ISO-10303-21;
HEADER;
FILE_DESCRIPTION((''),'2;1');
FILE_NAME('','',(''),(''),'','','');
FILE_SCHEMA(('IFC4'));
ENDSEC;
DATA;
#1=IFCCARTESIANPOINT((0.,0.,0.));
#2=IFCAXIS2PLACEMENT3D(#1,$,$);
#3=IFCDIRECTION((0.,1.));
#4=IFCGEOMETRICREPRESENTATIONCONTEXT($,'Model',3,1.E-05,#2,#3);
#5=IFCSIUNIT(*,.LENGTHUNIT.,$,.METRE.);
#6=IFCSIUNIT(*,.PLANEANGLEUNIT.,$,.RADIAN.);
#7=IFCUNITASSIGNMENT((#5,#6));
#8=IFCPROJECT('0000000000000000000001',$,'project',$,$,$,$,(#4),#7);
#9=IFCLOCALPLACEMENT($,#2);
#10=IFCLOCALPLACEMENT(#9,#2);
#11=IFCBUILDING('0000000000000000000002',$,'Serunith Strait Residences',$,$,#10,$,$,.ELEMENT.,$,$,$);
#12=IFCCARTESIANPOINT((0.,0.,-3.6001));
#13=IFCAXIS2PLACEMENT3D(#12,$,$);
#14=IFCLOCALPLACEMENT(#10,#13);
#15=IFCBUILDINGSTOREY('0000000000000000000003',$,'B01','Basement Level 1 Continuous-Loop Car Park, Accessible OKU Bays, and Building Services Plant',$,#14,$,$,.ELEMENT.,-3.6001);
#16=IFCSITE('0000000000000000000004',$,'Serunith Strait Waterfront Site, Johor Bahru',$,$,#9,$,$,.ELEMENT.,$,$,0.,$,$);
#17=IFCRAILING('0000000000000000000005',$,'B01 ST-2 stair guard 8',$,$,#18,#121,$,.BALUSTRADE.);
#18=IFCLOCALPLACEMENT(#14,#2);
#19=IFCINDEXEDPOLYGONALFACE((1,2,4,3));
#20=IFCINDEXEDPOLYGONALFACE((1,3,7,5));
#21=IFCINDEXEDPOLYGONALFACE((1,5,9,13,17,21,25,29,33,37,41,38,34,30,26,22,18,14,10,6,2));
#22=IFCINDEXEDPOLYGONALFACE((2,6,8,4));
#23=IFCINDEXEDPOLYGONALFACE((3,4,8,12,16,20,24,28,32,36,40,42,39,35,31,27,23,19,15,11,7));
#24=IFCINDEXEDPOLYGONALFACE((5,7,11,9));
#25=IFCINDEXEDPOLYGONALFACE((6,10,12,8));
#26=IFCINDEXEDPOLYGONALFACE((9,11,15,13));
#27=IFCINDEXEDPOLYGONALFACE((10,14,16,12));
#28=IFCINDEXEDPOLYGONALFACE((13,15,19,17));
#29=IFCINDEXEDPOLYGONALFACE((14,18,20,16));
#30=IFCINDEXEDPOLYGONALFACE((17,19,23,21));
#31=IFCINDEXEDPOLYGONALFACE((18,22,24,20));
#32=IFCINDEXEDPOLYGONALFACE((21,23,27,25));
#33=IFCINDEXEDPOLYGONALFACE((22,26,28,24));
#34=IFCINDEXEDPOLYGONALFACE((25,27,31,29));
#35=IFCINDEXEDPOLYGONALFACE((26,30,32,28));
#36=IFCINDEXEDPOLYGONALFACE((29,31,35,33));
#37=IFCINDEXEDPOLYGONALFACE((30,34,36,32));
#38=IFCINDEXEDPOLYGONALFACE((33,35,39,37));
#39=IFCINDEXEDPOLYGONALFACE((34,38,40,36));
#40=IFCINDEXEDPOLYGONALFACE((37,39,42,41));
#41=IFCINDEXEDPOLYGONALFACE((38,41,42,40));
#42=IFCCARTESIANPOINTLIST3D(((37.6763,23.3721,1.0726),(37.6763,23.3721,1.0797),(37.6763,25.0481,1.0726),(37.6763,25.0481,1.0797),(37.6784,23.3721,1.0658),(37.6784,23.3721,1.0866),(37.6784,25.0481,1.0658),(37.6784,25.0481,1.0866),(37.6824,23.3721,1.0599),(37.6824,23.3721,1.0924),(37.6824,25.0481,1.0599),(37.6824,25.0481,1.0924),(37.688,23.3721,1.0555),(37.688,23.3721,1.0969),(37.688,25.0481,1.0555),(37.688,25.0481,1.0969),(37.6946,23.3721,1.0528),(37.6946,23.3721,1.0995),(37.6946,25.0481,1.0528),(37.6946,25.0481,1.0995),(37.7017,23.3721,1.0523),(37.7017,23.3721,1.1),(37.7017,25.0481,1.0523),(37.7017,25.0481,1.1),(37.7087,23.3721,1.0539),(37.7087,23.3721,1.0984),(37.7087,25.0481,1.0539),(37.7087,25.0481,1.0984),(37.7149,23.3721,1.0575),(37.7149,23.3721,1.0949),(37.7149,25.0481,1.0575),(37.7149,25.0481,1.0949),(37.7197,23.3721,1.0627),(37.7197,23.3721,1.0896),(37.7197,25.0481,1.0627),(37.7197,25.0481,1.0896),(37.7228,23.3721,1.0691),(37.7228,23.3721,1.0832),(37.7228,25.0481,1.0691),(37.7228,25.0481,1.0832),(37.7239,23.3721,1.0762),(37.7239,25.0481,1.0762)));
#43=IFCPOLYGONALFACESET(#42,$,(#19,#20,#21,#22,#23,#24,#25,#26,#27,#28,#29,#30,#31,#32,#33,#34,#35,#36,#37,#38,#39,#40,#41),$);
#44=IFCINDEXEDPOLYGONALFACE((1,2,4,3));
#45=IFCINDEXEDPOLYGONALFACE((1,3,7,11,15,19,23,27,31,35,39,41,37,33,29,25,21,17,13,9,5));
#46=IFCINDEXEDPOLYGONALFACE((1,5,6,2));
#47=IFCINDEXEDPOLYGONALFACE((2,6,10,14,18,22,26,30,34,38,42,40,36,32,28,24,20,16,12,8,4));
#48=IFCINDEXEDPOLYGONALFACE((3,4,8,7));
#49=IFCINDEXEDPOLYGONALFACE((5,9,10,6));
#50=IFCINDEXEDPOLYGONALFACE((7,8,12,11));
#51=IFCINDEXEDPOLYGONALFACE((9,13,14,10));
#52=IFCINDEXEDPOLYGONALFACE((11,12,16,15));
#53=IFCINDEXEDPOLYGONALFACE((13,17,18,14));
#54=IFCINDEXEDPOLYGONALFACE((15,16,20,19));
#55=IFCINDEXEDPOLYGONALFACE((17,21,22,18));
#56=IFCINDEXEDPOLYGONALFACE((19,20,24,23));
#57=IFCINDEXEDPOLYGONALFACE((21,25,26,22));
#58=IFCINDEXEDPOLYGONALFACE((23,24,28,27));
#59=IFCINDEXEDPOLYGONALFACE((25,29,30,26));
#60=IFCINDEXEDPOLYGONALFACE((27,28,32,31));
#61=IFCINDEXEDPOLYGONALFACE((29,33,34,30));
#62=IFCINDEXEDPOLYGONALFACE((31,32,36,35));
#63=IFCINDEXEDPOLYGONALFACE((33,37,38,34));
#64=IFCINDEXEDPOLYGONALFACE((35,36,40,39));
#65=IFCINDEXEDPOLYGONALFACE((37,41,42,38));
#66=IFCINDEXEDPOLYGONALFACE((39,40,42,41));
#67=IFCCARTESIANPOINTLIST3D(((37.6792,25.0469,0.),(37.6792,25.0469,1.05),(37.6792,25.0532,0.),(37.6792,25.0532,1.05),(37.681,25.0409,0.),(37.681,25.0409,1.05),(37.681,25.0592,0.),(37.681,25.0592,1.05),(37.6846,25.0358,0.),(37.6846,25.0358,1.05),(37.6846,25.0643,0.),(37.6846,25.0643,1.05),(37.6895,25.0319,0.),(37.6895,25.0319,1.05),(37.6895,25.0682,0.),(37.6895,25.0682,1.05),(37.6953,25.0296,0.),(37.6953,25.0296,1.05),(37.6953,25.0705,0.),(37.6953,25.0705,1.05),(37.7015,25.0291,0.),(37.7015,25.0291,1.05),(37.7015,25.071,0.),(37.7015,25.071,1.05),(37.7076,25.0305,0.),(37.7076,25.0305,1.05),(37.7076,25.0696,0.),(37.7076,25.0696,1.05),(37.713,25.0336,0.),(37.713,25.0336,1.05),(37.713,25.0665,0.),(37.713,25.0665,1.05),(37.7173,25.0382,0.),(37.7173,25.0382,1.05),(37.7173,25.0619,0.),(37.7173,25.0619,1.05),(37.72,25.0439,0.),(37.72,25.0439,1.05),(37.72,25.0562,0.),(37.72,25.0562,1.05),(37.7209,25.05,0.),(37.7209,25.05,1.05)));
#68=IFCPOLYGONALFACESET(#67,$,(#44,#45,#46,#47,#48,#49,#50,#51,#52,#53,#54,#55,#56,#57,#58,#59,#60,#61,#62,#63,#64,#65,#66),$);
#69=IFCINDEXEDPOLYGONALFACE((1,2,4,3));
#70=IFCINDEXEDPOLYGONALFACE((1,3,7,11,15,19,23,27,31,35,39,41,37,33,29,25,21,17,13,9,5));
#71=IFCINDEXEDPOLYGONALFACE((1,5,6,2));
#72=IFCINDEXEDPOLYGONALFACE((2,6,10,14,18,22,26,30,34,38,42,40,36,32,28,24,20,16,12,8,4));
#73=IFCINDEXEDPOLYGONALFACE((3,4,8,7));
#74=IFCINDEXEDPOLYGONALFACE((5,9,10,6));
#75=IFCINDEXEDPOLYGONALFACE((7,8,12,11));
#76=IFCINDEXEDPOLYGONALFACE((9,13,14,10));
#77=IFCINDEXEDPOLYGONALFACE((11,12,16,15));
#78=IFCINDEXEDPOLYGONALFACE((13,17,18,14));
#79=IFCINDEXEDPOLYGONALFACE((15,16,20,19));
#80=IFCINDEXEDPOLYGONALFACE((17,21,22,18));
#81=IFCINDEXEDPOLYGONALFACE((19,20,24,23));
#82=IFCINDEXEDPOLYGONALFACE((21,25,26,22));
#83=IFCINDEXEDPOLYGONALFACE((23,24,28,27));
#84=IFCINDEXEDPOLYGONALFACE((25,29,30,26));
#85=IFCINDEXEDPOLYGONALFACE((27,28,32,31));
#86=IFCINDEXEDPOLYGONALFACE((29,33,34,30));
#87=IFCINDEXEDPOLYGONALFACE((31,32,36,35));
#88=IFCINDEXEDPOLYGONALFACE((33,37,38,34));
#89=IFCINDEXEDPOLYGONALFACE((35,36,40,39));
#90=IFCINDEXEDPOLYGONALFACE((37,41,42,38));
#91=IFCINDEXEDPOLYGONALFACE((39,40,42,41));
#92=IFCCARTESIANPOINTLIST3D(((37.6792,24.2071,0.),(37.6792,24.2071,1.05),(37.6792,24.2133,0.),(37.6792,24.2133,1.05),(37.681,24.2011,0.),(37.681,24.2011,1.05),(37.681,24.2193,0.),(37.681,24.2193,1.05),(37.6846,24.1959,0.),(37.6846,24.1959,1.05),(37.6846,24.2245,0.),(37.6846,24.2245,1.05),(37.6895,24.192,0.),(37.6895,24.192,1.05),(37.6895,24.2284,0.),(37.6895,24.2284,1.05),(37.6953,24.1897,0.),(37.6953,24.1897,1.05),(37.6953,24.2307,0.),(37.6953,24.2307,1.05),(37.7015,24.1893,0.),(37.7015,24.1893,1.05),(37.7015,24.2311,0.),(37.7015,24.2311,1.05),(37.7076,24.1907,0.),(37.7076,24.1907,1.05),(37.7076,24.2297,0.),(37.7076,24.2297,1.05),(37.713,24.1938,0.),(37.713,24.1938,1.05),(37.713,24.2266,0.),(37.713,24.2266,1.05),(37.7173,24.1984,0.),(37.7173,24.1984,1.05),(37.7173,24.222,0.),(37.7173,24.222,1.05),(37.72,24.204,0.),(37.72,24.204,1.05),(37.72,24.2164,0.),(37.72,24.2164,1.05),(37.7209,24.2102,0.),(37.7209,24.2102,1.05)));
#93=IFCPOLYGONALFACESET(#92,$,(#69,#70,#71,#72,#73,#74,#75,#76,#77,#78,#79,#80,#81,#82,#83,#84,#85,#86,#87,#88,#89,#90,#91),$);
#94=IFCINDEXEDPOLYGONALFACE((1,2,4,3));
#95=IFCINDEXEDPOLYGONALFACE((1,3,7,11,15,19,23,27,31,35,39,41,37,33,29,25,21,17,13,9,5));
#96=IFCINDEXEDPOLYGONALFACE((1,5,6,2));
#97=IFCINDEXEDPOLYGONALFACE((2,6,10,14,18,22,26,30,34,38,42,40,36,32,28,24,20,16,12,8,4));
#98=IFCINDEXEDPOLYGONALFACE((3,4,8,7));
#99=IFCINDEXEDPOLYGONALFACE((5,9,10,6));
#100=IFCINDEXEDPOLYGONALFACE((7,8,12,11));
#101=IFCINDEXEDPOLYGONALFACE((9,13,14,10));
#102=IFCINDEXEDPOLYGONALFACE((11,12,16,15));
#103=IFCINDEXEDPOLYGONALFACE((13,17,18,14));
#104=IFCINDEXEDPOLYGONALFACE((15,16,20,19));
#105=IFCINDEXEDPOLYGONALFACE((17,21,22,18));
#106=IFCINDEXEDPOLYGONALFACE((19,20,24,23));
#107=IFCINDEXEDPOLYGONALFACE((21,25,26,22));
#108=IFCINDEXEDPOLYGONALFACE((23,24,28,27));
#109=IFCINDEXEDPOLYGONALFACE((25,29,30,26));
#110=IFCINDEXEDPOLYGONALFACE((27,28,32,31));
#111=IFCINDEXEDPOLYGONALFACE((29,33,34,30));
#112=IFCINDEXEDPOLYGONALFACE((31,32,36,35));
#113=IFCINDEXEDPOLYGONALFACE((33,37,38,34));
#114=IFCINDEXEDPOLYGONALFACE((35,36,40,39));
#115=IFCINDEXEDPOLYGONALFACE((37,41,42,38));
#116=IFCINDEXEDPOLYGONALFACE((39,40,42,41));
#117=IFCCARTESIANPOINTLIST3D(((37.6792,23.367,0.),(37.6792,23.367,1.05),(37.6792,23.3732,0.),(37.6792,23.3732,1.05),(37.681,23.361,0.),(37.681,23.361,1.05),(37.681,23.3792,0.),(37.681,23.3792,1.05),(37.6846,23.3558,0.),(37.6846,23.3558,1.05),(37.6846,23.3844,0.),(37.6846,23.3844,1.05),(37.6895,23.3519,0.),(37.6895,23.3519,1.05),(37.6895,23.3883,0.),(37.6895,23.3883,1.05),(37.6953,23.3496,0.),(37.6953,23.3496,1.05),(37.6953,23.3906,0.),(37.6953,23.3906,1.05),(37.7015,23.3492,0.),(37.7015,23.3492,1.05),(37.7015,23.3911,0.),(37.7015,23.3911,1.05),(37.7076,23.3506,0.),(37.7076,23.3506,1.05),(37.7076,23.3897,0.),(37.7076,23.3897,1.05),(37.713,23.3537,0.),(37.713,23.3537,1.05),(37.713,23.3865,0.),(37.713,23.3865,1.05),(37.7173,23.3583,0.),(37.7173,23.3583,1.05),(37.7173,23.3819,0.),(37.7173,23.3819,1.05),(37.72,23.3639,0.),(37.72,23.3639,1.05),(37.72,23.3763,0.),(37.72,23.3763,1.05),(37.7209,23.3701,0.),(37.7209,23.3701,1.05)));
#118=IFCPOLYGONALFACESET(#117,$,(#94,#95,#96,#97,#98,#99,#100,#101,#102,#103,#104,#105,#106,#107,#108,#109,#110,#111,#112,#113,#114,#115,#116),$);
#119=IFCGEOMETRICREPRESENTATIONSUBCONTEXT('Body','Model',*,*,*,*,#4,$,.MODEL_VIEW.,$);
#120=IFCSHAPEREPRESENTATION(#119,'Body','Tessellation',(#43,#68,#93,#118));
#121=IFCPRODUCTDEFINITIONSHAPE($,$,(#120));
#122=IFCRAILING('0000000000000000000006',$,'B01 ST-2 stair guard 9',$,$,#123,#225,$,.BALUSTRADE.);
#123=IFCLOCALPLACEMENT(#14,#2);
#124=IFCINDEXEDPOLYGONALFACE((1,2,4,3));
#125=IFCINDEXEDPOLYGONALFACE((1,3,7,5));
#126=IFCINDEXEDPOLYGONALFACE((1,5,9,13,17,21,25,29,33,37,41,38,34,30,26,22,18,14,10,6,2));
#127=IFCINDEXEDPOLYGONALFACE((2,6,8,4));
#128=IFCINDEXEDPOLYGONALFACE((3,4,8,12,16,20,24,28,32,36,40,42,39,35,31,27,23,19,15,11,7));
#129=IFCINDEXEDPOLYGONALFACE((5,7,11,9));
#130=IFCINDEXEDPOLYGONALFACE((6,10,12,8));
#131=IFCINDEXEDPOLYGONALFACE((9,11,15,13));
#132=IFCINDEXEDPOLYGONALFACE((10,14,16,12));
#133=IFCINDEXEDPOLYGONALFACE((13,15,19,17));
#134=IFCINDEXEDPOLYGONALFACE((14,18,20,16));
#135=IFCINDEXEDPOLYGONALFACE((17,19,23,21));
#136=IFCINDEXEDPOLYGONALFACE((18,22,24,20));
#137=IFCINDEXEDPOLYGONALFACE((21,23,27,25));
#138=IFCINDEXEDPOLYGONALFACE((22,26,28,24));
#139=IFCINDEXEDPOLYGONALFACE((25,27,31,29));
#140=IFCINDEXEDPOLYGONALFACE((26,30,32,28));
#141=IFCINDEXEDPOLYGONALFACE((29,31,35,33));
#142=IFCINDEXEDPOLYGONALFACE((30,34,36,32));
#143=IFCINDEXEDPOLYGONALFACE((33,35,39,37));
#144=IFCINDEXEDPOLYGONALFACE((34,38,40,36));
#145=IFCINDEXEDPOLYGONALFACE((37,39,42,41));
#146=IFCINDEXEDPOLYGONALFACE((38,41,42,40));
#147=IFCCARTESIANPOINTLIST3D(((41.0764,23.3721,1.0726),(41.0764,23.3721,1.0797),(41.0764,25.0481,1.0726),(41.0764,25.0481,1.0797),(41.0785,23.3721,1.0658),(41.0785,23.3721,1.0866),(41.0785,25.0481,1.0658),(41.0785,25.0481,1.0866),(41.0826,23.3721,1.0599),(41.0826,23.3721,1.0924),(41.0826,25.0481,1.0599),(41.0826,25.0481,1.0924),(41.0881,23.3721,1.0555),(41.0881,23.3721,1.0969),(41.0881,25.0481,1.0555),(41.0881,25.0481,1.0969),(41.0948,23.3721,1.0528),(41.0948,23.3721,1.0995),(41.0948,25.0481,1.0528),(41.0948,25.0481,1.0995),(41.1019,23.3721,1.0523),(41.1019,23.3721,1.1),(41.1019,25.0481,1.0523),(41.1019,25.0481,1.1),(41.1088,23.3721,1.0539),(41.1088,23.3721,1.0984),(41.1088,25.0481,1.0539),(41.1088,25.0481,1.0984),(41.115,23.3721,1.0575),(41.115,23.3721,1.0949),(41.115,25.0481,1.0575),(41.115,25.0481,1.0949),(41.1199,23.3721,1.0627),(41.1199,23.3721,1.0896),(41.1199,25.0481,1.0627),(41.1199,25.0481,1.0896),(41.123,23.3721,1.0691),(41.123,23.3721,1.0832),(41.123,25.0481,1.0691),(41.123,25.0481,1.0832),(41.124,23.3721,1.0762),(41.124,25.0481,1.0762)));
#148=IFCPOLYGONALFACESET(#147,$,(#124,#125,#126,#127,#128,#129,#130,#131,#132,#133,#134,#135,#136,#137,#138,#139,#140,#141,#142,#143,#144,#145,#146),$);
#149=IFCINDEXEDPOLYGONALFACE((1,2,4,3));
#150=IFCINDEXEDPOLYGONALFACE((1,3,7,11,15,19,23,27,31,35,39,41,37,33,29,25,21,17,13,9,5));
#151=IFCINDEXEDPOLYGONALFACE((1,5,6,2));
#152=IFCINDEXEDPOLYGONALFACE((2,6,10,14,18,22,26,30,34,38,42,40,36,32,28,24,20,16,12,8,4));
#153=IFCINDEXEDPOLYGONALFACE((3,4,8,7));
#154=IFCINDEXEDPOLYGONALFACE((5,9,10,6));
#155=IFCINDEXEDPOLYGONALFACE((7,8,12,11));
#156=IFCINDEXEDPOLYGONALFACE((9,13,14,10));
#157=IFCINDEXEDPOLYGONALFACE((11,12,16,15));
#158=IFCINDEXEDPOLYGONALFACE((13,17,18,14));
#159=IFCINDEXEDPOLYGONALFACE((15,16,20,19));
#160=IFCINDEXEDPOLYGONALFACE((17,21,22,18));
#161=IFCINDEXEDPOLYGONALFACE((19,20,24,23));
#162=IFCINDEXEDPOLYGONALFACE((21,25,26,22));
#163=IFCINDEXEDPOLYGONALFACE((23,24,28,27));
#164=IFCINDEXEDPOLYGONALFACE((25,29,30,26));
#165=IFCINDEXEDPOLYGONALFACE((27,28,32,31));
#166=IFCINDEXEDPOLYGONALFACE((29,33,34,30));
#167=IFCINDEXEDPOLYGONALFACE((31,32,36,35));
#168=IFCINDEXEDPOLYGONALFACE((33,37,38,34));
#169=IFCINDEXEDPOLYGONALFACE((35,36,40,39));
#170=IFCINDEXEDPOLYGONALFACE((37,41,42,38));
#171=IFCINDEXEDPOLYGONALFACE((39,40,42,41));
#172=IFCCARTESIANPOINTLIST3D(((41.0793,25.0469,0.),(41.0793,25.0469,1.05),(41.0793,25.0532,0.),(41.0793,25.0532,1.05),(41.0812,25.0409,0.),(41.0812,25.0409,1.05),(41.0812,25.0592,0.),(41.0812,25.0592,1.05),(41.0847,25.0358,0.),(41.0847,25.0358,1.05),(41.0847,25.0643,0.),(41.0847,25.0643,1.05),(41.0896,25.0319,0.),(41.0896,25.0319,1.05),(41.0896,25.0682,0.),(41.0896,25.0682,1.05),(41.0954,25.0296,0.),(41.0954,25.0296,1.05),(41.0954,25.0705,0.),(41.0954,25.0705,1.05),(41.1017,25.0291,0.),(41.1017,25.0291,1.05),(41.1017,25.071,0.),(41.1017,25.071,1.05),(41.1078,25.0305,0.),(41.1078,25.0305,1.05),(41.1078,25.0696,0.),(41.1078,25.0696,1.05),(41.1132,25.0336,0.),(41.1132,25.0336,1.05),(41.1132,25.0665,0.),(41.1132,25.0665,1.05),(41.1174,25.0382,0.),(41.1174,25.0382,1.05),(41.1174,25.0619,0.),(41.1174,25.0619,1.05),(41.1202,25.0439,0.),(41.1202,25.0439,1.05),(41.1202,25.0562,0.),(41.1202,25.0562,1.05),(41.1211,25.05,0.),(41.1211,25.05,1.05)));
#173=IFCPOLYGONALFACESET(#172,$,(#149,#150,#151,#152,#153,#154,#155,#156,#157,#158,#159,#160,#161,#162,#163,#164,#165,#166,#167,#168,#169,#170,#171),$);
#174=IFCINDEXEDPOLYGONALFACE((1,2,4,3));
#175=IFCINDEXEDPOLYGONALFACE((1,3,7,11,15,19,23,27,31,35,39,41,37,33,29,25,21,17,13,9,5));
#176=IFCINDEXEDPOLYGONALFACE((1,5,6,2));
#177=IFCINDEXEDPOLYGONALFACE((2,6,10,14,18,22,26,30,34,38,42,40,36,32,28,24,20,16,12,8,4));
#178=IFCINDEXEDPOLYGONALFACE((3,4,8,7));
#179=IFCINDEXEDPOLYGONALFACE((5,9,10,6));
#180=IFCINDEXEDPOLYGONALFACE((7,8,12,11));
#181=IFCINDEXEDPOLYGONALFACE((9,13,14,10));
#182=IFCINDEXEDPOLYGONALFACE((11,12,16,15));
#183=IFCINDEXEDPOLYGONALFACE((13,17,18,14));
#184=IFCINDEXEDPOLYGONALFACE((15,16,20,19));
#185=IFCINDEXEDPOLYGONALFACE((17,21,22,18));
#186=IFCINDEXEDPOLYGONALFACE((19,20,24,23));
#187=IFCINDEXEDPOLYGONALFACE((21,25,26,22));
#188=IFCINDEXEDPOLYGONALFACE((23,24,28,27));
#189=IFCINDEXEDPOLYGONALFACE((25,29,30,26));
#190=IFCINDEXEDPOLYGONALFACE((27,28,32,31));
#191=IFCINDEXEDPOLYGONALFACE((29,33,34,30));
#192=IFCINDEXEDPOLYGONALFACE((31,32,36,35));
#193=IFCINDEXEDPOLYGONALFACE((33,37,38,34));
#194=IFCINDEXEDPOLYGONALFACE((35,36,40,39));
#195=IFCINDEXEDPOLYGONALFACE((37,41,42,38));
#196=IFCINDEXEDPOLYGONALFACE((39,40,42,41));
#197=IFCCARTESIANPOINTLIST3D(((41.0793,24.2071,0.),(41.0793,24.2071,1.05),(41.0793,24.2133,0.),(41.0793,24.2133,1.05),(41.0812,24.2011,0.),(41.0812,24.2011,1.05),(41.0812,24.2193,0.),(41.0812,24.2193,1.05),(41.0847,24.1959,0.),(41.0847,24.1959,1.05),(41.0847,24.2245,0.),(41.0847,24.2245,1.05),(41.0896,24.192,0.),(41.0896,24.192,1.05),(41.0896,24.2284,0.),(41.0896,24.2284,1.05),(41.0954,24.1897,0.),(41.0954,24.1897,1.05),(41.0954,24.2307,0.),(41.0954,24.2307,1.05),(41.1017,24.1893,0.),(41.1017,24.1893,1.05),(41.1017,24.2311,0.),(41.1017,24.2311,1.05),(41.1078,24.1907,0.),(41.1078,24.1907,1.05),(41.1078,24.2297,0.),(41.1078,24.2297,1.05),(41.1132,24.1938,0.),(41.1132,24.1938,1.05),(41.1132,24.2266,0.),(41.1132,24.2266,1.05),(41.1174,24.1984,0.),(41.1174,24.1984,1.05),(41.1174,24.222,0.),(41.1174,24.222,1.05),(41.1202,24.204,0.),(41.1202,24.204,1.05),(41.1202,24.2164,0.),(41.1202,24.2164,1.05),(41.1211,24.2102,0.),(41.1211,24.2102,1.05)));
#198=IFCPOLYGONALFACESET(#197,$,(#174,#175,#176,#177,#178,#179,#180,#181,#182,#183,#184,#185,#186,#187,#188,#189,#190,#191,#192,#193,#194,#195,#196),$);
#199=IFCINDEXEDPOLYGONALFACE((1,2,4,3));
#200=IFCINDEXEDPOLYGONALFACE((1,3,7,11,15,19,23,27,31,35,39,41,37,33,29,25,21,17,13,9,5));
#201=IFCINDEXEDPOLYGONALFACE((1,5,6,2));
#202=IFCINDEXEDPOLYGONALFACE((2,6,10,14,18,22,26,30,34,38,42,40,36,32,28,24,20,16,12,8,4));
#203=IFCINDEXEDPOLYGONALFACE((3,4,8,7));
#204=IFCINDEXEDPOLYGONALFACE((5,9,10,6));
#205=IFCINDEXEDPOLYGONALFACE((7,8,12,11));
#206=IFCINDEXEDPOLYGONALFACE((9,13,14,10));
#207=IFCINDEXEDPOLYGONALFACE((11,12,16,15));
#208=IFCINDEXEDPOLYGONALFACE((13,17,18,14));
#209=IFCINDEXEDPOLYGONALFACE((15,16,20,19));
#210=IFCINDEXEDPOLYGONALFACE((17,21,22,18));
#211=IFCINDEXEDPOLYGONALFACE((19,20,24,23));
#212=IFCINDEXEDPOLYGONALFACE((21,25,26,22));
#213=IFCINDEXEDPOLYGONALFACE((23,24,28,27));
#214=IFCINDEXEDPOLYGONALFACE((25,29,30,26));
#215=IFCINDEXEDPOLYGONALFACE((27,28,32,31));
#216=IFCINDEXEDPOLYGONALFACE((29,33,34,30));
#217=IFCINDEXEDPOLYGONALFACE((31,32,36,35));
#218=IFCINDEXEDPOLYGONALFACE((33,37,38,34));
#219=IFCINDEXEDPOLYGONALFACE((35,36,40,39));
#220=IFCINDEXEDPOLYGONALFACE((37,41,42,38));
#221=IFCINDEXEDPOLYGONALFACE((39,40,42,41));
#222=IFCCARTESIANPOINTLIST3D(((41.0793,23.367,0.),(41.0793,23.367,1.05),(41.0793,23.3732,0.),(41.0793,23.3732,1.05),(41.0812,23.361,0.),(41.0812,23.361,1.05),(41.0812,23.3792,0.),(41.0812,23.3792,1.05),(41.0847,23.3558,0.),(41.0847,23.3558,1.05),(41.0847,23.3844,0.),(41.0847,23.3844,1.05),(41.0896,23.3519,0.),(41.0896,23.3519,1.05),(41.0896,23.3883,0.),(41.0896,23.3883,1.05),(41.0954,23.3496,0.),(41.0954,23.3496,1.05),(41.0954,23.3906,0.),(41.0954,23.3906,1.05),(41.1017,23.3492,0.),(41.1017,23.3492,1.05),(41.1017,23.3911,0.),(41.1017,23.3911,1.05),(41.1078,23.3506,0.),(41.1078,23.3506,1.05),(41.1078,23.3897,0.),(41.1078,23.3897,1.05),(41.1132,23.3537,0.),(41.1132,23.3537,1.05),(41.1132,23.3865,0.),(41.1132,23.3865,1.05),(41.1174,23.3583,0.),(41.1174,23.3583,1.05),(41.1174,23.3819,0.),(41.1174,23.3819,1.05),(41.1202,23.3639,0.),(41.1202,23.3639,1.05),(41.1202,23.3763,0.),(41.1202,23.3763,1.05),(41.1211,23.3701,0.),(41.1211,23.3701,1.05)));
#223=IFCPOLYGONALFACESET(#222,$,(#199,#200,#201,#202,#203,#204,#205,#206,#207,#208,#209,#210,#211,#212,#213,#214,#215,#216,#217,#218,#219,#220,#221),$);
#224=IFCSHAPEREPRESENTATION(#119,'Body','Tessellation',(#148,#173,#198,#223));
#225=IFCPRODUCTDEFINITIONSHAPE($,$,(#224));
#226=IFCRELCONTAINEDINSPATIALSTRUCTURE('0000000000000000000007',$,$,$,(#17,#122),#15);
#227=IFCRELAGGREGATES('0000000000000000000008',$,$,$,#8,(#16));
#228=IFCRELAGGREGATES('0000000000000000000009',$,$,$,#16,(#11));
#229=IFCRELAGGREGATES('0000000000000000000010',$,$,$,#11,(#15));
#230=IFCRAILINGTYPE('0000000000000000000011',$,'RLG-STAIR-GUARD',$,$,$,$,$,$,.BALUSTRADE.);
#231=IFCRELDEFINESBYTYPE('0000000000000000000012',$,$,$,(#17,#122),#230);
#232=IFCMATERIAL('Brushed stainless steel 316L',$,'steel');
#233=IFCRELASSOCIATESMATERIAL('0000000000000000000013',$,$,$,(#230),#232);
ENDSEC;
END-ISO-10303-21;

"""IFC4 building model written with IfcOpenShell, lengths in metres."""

from ifc_helpers import new_model, si_unit, direction, frame, origin, origin_2d, place, context, subcontext, project, spatial, circle, extrude, material, type_object, element, save


model = new_model("IFC4")

# Units and contexts
model_context = context("Model", 3, precision=1e-05, world=origin(), true_north=direction((0.0, 1.0)))
body_context = subcontext(model_context, "Body", "Model", "MODEL_VIEW")
ifc_project = project(units=[si_unit("LENGTHUNIT", "METRE"), si_unit("PLANEANGLEUNIT", "RADIAN")], contexts=[model_context])

# Site, building, storey
site_placement = place(None, origin())
site = spatial("IfcSite", under=ifc_project, at=site_placement, Name="Serunith Strait Waterfront Site, Johor Bahru", CompositionType="ELEMENT", RefElevation=0.0)
building_placement = place(site_placement, origin())
building = spatial("IfcBuilding", under=site, at=building_placement, Name="Serunith Strait Residences", CompositionType="ELEMENT")
storey_placement = place(building_placement, frame((0.0, 0.0, -3.6001)))
storey = spatial("IfcBuildingStorey", under=building, at=storey_placement, Name="B01", Description="Basement Level 1 Continuous-Loop Car Park, Accessible OKU Bays, and Building Services Plant", CompositionType="ELEMENT", Elevation=-3.6001)

# Railings
ifc_material_1 = material(Name="Brushed stainless steel 316L", Category="steel")
railing_type = type_object("IfcRailingType", Name="RLG-STAIR-GUARD", PredefinedType="BALUSTRADE", material=ifc_material_1)
for number, where, name in (
    (1, (37.7, 25.05, 0.0), "B01 ST-2 stair guard 8"),
    (2, (41.1001, 25.05, 0.0), "B01 ST-2 stair guard 9"),
):
    element("IfcRailing", number, at=place(storey_placement, frame(where)), inside=storey, type_object=railing_type, Name=name, PredefinedType="BALUSTRADE", context=body_context, shape_type="SweptSolid", body=[
        extrude(circle(Radius=0.0239, at=origin_2d()), frame((0.0, -0.002, 1.0762), z_axis=(0.0, -1.0, 0.0), x_axis=(1.0, 0.0, 0.0)), (0.0, 0.0, 1.0), 1.676),
        extrude(circle(Radius=0.021, at=origin_2d()), origin(), (0.0, 0.0, 1.0), 1.05),
        extrude(circle(Radius=0.021, at=origin_2d()), frame((0.0, -0.8398, 0.0)), (0.0, 0.0, 1.0), 1.05),
        extrude(circle(Radius=0.021, at=origin_2d()), frame((0.0, -1.6799, 0.0)), (0.0, 0.0, 1.0), 1.05),
    ])

save(model, "model.ifc")
